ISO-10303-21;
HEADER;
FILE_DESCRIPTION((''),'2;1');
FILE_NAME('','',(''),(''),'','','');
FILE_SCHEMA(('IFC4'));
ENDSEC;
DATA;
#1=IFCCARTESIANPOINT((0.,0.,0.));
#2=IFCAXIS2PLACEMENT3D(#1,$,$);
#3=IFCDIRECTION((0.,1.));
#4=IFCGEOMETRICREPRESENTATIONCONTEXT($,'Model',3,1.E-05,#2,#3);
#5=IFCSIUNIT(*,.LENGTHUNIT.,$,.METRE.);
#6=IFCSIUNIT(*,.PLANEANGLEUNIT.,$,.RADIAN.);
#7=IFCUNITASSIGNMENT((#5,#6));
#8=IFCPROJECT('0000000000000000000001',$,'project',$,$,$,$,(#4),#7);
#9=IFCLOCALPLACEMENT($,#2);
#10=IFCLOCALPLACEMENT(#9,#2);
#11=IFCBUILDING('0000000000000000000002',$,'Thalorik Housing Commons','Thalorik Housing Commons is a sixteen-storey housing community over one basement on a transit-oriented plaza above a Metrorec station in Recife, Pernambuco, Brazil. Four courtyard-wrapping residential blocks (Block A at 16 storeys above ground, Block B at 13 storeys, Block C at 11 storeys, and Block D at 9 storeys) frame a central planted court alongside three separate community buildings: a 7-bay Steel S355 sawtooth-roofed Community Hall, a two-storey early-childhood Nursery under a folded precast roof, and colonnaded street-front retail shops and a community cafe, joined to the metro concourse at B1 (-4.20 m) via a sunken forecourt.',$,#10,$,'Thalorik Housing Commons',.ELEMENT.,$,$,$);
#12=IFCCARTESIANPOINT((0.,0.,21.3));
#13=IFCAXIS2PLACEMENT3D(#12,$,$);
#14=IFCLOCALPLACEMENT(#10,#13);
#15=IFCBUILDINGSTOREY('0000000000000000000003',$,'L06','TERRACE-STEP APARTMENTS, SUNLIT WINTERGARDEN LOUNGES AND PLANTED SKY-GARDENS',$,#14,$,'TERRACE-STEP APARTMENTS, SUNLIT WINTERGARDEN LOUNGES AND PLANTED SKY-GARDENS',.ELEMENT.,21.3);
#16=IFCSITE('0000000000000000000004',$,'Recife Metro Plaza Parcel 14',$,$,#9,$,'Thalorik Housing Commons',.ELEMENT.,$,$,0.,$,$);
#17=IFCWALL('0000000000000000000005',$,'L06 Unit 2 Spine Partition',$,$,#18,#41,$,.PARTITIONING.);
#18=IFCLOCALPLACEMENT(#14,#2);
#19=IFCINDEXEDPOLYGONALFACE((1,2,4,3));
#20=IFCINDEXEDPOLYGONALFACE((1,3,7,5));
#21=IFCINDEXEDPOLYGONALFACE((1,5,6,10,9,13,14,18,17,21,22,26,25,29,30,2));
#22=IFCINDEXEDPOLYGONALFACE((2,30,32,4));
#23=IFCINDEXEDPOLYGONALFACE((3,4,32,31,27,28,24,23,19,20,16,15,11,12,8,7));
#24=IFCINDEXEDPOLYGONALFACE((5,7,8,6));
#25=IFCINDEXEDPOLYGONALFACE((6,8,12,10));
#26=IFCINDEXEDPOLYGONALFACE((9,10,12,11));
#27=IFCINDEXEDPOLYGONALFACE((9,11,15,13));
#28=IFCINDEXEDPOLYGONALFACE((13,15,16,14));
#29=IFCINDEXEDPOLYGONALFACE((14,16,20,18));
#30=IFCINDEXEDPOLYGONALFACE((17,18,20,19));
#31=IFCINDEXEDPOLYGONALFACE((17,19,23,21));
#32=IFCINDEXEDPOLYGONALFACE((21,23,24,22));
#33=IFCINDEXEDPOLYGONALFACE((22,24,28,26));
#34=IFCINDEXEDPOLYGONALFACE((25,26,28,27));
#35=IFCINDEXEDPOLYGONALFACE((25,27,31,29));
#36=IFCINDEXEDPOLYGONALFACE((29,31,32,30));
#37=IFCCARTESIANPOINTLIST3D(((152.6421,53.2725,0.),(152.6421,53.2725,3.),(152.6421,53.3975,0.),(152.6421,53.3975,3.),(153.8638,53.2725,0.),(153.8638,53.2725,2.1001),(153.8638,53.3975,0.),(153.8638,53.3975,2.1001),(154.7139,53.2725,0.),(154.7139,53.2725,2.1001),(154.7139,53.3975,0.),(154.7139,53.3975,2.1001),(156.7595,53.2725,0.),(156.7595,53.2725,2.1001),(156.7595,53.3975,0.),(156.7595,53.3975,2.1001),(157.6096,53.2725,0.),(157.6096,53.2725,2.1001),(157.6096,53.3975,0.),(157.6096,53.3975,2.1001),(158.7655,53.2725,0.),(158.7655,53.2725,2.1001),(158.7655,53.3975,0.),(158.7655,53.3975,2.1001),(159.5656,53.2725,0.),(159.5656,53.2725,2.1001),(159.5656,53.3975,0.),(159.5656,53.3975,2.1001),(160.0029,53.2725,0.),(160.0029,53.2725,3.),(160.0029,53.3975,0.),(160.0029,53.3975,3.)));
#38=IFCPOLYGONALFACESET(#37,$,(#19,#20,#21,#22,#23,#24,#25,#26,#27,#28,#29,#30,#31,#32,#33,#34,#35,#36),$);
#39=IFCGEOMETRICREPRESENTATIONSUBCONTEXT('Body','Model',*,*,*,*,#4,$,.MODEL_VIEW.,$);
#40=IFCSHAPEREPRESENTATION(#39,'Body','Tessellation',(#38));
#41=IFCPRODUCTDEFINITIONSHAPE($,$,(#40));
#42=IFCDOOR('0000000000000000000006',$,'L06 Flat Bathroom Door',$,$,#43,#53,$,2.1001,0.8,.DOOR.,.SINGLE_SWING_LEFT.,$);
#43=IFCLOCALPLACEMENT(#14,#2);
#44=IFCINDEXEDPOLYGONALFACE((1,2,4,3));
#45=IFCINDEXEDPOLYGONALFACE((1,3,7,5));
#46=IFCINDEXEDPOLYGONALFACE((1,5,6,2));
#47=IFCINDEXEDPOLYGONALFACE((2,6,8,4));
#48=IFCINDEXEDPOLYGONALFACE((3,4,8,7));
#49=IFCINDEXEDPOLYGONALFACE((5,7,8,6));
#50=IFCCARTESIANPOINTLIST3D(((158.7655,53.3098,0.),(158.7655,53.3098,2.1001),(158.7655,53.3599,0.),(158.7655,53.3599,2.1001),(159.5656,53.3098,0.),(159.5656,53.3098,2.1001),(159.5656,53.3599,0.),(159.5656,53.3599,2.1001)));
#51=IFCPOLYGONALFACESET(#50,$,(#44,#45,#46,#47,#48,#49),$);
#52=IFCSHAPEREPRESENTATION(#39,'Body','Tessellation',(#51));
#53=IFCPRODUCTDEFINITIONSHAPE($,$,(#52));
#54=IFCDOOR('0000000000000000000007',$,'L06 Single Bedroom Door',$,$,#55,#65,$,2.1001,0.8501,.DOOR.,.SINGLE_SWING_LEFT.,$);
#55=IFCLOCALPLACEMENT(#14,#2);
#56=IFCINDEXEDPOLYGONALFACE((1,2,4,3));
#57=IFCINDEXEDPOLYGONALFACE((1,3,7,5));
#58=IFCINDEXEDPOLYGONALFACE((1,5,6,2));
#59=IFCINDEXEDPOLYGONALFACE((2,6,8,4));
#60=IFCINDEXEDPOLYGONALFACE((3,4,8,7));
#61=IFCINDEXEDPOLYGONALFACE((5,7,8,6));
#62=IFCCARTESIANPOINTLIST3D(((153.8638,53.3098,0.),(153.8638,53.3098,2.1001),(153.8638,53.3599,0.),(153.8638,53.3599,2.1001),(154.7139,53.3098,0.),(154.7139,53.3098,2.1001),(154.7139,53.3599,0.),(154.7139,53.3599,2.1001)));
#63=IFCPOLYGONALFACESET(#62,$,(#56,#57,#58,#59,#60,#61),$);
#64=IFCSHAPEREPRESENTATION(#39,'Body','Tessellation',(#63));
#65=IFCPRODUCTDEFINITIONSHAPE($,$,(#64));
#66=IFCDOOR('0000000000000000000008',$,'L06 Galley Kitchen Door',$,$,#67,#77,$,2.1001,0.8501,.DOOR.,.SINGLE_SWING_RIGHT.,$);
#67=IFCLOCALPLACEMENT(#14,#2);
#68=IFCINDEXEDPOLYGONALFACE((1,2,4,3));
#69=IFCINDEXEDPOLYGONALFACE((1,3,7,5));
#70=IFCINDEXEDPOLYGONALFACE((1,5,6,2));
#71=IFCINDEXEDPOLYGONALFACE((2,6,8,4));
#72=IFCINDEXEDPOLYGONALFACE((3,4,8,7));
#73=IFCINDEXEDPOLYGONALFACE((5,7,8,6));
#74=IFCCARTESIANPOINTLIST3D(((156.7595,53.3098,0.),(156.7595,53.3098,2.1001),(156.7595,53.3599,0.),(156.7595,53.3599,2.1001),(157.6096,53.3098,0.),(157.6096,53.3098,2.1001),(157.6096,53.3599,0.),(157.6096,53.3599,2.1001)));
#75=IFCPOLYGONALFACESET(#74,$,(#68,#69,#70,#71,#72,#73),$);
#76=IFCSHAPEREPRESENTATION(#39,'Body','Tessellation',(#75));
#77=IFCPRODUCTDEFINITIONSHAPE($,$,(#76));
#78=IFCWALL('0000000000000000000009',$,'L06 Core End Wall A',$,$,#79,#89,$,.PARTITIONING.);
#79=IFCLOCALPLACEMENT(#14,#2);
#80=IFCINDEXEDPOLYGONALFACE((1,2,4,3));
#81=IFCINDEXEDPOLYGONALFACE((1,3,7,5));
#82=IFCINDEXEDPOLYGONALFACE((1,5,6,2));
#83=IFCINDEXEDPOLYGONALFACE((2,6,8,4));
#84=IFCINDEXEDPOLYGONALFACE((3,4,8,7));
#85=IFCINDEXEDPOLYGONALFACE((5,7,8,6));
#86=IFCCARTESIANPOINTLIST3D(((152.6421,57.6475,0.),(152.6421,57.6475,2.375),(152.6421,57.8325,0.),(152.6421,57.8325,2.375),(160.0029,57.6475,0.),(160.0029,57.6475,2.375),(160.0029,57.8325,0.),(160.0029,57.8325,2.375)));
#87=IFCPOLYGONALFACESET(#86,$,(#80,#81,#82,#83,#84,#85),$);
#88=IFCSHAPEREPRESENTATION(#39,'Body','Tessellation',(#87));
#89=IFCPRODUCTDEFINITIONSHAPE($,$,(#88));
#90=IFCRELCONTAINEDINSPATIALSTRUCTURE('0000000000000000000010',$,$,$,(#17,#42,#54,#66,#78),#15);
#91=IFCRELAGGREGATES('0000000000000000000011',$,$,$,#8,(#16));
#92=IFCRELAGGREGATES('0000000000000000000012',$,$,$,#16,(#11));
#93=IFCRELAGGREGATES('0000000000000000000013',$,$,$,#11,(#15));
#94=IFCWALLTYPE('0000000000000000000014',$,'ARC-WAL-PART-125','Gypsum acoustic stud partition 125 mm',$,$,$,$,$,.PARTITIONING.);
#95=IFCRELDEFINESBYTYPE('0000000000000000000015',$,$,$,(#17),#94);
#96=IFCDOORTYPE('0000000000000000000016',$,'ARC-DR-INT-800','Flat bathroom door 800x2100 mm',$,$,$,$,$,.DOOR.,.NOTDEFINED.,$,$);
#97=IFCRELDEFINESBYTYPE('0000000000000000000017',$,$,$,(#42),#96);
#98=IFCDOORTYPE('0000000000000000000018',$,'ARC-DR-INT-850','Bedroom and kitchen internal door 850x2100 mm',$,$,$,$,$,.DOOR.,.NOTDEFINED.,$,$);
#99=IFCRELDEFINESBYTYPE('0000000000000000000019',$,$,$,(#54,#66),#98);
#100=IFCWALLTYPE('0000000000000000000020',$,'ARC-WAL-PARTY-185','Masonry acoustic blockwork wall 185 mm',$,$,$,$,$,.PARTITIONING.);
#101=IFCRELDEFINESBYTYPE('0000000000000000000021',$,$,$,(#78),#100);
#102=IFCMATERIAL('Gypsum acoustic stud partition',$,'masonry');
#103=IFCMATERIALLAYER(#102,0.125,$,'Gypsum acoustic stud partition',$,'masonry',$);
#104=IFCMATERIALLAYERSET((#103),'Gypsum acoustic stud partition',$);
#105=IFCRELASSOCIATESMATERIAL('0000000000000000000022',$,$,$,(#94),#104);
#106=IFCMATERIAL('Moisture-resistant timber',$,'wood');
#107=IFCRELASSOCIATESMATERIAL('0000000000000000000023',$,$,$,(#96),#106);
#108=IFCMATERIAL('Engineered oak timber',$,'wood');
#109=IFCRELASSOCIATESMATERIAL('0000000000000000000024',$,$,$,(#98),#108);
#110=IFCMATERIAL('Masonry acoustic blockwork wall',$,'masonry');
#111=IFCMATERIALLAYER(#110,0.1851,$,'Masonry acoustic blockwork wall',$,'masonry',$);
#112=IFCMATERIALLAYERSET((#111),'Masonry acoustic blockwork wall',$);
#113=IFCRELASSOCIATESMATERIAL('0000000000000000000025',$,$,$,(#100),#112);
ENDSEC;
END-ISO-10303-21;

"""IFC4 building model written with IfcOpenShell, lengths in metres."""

from ifc_helpers import new_model, si_unit, direction, frame, frame_2d, origin, place, context, subcontext, project, spatial, rectangle, extrude, material, layer, layer_set, type_object, element, fill, save


model = new_model("IFC4")

# Units and contexts
model_context = context("Model", 3, precision=1e-05, world=origin(), true_north=direction((0.0, 1.0)))
body_context = subcontext(model_context, "Body", "Model", "MODEL_VIEW")
ifc_project = project(units=[si_unit("LENGTHUNIT", "METRE"), si_unit("PLANEANGLEUNIT", "RADIAN")], contexts=[model_context])

# Site, building, storey
site_placement = place(None, origin())
site = spatial("IfcSite", under=ifc_project, at=site_placement, Name="Recife Metro Plaza Parcel 14", LongName="Thalorik Housing Commons", CompositionType="ELEMENT", RefElevation=0.0)
building_placement = place(site_placement, origin())
building = spatial("IfcBuilding", under=site, at=building_placement, Name="Thalorik Housing Commons", Description="Thalorik Housing Commons is a sixteen-storey housing community over one basement on a transit-oriented plaza above a Metrorec station in Recife, Pernambuco, Brazil. Four courtyard-wrapping residential blocks (Block A at 16 storeys above ground, Block B at 13 storeys, Block C at 11 storeys, and Block D at 9 storeys) frame a central planted court alongside three separate community buildings: a 7-bay Steel S355 sawtooth-roofed Community Hall, a two-storey early-childhood Nursery under a folded precast roof, and colonnaded street-front retail shops and a community cafe, joined to the metro concourse at B1 (-4.20 m) via a sunken forecourt.", LongName="Thalorik Housing Commons", CompositionType="ELEMENT")
storey_placement = place(building_placement, frame((0.0, 0.0, 21.3)))
storey = spatial("IfcBuildingStorey", under=building, at=storey_placement, Name="L06", Description="TERRACE-STEP APARTMENTS, SUNLIT WINTERGARDEN LOUNGES AND PLANTED SKY-GARDENS", LongName="TERRACE-STEP APARTMENTS, SUNLIT WINTERGARDEN LOUNGES AND PLANTED SKY-GARDENS", CompositionType="ELEMENT", Elevation=21.3)

# Wall, openings, doors
ifc_material_1 = material(Name="Gypsum acoustic stud partition", Category="masonry")
ifc_layer_1 = layer(ifc_material_1, 0.125, Name="Gypsum acoustic stud partition", Category="masonry")
ifc_layer_set_1 = layer_set([ifc_layer_1], Name="Gypsum acoustic stud partition")
wall_type_1 = type_object("IfcWallType", Name="ARC-WAL-PART-125", Description="Gypsum acoustic stud partition 125 mm", PredefinedType="PARTITIONING", material=ifc_layer_set_1)
wall_1_placement = place(storey_placement, frame((152.6421, 53.335, 0.0), z_axis=(0.0, 0.0, 1.0), x_axis=(1.0, 0.0, 0.0)))
wall_1 = element("IfcWall", 1, at=wall_1_placement, inside=storey, type_object=wall_type_1, Name="L06 Unit 2 Spine Partition", PredefinedType="PARTITIONING", context=body_context, shape_type="SweptSolid", body=[
    extrude(rectangle(XDim=7.3608, YDim=0.125, at=frame_2d((3.6804, 0.0))), origin(), (0.0, 0.0, 1.0), 3.0),
])
opening_1_placement = place(wall_1_placement, frame((1.2217, 0.0, 0.0)))
opening_1 = element("IfcOpeningElement", 2, at=opening_1_placement, cuts=wall_1, PredefinedType="OPENING", context=body_context, shape_type="SweptSolid", body=[
    extrude(rectangle(XDim=0.8501, YDim=2.1001, at=frame_2d((0.425, 1.05))), frame((0.0, 0.0725, 0.0), z_axis=(0.0, -1.0, 0.0), x_axis=(1.0, 0.0, 0.0)), (0.0, 0.0, 1.0), 0.145),
])
opening_2_placement = place(wall_1_placement, frame((4.1174, 0.0, 0.0)))
opening_2 = element("IfcOpeningElement", 3, at=opening_2_placement, cuts=wall_1, PredefinedType="OPENING", context=body_context, shape_type="SweptSolid", body=[
    extrude(rectangle(XDim=0.8501, YDim=2.1001, at=frame_2d((0.425, 1.05))), frame((0.0, 0.0725, 0.0), z_axis=(0.0, -1.0, 0.0), x_axis=(1.0, 0.0, 0.0)), (0.0, 0.0, 1.0), 0.145),
])
opening_3_placement = place(wall_1_placement, frame((6.1235, 0.0, 0.0)))
opening_3 = element("IfcOpeningElement", 4, at=opening_3_placement, cuts=wall_1, PredefinedType="OPENING", context=body_context, shape_type="SweptSolid", body=[
    extrude(rectangle(XDim=0.8, YDim=2.1001, at=frame_2d((0.3999, 1.05))), frame((0.0, 0.0725, 0.0), z_axis=(0.0, -1.0, 0.0), x_axis=(1.0, 0.0, 0.0)), (0.0, 0.0, 1.0), 0.145),
])
ifc_material_2 = material(Name="Moisture-resistant timber", Category="wood")
door_type_1 = type_object("IfcDoorType", Name="ARC-DR-INT-800", Description="Flat bathroom door 800x2100 mm", OperationType="NOTDEFINED", PredefinedType="DOOR", material=ifc_material_2)
door_1_placement = place(opening_3_placement, origin())
door_1 = element("IfcDoor", 5, at=door_1_placement, inside=storey, type_object=door_type_1, Name="L06 Flat Bathroom Door", OperationType="SINGLE_SWING_LEFT", OverallHeight=2.1001, OverallWidth=0.8, PredefinedType="DOOR", context=body_context, shape_type="SweptSolid", body=[
    extrude(rectangle(XDim=0.8, YDim=2.1001, at=frame_2d((0.3999, 1.05))), frame((0.0, 0.0249, 0.0), z_axis=(0.0, -1.0, 0.0), x_axis=(1.0, 0.0, 0.0)), (0.0, 0.0, 1.0), 0.05),
])
fill(opening_3, door_1)
ifc_material_3 = material(Name="Engineered oak timber", Category="wood")
door_type_2 = type_object("IfcDoorType", Name="ARC-DR-INT-850", Description="Bedroom and kitchen internal door 850x2100 mm", OperationType="NOTDEFINED", PredefinedType="DOOR", material=ifc_material_3)
door_2_placement = place(opening_1_placement, origin())
door_2 = element("IfcDoor", 6, at=door_2_placement, inside=storey, type_object=door_type_2, Name="L06 Single Bedroom Door", OperationType="SINGLE_SWING_LEFT", OverallHeight=2.1001, OverallWidth=0.8501, PredefinedType="DOOR", context=body_context, shape_type="SweptSolid", body=[
    extrude(rectangle(XDim=0.8501, YDim=2.1001, at=frame_2d((0.425, 1.05))), frame((0.0, 0.0249, 0.0), z_axis=(0.0, -1.0, 0.0), x_axis=(1.0, 0.0, 0.0)), (0.0, 0.0, 1.0), 0.05),
])
fill(opening_1, door_2)
door_3_placement = place(opening_2_placement, origin())
door_3 = element("IfcDoor", 7, at=door_3_placement, inside=storey, type_object=door_type_2, Name="L06 Galley Kitchen Door", OperationType="SINGLE_SWING_RIGHT", OverallHeight=2.1001, OverallWidth=0.8501, PredefinedType="DOOR", context=body_context, shape_type="SweptSolid", body=[
    extrude(rectangle(XDim=0.8501, YDim=2.1001, at=frame_2d((0.425, 1.05))), frame((0.0, 0.0249, 0.0), z_axis=(0.0, -1.0, 0.0), x_axis=(1.0, 0.0, 0.0)), (0.0, 0.0, 1.0), 0.05),
])
fill(opening_2, door_3)

# Wall
ifc_material_4 = material(Name="Masonry acoustic blockwork wall", Category="masonry")
ifc_layer_2 = layer(ifc_material_4, 0.1851, Name="Masonry acoustic blockwork wall", Category="masonry")
ifc_layer_set_2 = layer_set([ifc_layer_2], Name="Masonry acoustic blockwork wall")
wall_type_2 = type_object("IfcWallType", Name="ARC-WAL-PARTY-185", Description="Masonry acoustic blockwork wall 185 mm", PredefinedType="PARTITIONING", material=ifc_layer_set_2)
wall_2_placement = place(storey_placement, frame((152.6421, 57.74, 0.0), z_axis=(0.0, 0.0, 1.0), x_axis=(1.0, 0.0, 0.0)))
element("IfcWall", 8, at=wall_2_placement, inside=storey, type_object=wall_type_2, Name="L06 Core End Wall A", PredefinedType="PARTITIONING", context=body_context, shape_type="SweptSolid", body=[
    extrude(rectangle(XDim=7.3608, YDim=0.1851, at=frame_2d((3.6804, 0.0))), origin(), (0.0, 0.0, 1.0), 2.375),
])

save(model, "model.ifc")
